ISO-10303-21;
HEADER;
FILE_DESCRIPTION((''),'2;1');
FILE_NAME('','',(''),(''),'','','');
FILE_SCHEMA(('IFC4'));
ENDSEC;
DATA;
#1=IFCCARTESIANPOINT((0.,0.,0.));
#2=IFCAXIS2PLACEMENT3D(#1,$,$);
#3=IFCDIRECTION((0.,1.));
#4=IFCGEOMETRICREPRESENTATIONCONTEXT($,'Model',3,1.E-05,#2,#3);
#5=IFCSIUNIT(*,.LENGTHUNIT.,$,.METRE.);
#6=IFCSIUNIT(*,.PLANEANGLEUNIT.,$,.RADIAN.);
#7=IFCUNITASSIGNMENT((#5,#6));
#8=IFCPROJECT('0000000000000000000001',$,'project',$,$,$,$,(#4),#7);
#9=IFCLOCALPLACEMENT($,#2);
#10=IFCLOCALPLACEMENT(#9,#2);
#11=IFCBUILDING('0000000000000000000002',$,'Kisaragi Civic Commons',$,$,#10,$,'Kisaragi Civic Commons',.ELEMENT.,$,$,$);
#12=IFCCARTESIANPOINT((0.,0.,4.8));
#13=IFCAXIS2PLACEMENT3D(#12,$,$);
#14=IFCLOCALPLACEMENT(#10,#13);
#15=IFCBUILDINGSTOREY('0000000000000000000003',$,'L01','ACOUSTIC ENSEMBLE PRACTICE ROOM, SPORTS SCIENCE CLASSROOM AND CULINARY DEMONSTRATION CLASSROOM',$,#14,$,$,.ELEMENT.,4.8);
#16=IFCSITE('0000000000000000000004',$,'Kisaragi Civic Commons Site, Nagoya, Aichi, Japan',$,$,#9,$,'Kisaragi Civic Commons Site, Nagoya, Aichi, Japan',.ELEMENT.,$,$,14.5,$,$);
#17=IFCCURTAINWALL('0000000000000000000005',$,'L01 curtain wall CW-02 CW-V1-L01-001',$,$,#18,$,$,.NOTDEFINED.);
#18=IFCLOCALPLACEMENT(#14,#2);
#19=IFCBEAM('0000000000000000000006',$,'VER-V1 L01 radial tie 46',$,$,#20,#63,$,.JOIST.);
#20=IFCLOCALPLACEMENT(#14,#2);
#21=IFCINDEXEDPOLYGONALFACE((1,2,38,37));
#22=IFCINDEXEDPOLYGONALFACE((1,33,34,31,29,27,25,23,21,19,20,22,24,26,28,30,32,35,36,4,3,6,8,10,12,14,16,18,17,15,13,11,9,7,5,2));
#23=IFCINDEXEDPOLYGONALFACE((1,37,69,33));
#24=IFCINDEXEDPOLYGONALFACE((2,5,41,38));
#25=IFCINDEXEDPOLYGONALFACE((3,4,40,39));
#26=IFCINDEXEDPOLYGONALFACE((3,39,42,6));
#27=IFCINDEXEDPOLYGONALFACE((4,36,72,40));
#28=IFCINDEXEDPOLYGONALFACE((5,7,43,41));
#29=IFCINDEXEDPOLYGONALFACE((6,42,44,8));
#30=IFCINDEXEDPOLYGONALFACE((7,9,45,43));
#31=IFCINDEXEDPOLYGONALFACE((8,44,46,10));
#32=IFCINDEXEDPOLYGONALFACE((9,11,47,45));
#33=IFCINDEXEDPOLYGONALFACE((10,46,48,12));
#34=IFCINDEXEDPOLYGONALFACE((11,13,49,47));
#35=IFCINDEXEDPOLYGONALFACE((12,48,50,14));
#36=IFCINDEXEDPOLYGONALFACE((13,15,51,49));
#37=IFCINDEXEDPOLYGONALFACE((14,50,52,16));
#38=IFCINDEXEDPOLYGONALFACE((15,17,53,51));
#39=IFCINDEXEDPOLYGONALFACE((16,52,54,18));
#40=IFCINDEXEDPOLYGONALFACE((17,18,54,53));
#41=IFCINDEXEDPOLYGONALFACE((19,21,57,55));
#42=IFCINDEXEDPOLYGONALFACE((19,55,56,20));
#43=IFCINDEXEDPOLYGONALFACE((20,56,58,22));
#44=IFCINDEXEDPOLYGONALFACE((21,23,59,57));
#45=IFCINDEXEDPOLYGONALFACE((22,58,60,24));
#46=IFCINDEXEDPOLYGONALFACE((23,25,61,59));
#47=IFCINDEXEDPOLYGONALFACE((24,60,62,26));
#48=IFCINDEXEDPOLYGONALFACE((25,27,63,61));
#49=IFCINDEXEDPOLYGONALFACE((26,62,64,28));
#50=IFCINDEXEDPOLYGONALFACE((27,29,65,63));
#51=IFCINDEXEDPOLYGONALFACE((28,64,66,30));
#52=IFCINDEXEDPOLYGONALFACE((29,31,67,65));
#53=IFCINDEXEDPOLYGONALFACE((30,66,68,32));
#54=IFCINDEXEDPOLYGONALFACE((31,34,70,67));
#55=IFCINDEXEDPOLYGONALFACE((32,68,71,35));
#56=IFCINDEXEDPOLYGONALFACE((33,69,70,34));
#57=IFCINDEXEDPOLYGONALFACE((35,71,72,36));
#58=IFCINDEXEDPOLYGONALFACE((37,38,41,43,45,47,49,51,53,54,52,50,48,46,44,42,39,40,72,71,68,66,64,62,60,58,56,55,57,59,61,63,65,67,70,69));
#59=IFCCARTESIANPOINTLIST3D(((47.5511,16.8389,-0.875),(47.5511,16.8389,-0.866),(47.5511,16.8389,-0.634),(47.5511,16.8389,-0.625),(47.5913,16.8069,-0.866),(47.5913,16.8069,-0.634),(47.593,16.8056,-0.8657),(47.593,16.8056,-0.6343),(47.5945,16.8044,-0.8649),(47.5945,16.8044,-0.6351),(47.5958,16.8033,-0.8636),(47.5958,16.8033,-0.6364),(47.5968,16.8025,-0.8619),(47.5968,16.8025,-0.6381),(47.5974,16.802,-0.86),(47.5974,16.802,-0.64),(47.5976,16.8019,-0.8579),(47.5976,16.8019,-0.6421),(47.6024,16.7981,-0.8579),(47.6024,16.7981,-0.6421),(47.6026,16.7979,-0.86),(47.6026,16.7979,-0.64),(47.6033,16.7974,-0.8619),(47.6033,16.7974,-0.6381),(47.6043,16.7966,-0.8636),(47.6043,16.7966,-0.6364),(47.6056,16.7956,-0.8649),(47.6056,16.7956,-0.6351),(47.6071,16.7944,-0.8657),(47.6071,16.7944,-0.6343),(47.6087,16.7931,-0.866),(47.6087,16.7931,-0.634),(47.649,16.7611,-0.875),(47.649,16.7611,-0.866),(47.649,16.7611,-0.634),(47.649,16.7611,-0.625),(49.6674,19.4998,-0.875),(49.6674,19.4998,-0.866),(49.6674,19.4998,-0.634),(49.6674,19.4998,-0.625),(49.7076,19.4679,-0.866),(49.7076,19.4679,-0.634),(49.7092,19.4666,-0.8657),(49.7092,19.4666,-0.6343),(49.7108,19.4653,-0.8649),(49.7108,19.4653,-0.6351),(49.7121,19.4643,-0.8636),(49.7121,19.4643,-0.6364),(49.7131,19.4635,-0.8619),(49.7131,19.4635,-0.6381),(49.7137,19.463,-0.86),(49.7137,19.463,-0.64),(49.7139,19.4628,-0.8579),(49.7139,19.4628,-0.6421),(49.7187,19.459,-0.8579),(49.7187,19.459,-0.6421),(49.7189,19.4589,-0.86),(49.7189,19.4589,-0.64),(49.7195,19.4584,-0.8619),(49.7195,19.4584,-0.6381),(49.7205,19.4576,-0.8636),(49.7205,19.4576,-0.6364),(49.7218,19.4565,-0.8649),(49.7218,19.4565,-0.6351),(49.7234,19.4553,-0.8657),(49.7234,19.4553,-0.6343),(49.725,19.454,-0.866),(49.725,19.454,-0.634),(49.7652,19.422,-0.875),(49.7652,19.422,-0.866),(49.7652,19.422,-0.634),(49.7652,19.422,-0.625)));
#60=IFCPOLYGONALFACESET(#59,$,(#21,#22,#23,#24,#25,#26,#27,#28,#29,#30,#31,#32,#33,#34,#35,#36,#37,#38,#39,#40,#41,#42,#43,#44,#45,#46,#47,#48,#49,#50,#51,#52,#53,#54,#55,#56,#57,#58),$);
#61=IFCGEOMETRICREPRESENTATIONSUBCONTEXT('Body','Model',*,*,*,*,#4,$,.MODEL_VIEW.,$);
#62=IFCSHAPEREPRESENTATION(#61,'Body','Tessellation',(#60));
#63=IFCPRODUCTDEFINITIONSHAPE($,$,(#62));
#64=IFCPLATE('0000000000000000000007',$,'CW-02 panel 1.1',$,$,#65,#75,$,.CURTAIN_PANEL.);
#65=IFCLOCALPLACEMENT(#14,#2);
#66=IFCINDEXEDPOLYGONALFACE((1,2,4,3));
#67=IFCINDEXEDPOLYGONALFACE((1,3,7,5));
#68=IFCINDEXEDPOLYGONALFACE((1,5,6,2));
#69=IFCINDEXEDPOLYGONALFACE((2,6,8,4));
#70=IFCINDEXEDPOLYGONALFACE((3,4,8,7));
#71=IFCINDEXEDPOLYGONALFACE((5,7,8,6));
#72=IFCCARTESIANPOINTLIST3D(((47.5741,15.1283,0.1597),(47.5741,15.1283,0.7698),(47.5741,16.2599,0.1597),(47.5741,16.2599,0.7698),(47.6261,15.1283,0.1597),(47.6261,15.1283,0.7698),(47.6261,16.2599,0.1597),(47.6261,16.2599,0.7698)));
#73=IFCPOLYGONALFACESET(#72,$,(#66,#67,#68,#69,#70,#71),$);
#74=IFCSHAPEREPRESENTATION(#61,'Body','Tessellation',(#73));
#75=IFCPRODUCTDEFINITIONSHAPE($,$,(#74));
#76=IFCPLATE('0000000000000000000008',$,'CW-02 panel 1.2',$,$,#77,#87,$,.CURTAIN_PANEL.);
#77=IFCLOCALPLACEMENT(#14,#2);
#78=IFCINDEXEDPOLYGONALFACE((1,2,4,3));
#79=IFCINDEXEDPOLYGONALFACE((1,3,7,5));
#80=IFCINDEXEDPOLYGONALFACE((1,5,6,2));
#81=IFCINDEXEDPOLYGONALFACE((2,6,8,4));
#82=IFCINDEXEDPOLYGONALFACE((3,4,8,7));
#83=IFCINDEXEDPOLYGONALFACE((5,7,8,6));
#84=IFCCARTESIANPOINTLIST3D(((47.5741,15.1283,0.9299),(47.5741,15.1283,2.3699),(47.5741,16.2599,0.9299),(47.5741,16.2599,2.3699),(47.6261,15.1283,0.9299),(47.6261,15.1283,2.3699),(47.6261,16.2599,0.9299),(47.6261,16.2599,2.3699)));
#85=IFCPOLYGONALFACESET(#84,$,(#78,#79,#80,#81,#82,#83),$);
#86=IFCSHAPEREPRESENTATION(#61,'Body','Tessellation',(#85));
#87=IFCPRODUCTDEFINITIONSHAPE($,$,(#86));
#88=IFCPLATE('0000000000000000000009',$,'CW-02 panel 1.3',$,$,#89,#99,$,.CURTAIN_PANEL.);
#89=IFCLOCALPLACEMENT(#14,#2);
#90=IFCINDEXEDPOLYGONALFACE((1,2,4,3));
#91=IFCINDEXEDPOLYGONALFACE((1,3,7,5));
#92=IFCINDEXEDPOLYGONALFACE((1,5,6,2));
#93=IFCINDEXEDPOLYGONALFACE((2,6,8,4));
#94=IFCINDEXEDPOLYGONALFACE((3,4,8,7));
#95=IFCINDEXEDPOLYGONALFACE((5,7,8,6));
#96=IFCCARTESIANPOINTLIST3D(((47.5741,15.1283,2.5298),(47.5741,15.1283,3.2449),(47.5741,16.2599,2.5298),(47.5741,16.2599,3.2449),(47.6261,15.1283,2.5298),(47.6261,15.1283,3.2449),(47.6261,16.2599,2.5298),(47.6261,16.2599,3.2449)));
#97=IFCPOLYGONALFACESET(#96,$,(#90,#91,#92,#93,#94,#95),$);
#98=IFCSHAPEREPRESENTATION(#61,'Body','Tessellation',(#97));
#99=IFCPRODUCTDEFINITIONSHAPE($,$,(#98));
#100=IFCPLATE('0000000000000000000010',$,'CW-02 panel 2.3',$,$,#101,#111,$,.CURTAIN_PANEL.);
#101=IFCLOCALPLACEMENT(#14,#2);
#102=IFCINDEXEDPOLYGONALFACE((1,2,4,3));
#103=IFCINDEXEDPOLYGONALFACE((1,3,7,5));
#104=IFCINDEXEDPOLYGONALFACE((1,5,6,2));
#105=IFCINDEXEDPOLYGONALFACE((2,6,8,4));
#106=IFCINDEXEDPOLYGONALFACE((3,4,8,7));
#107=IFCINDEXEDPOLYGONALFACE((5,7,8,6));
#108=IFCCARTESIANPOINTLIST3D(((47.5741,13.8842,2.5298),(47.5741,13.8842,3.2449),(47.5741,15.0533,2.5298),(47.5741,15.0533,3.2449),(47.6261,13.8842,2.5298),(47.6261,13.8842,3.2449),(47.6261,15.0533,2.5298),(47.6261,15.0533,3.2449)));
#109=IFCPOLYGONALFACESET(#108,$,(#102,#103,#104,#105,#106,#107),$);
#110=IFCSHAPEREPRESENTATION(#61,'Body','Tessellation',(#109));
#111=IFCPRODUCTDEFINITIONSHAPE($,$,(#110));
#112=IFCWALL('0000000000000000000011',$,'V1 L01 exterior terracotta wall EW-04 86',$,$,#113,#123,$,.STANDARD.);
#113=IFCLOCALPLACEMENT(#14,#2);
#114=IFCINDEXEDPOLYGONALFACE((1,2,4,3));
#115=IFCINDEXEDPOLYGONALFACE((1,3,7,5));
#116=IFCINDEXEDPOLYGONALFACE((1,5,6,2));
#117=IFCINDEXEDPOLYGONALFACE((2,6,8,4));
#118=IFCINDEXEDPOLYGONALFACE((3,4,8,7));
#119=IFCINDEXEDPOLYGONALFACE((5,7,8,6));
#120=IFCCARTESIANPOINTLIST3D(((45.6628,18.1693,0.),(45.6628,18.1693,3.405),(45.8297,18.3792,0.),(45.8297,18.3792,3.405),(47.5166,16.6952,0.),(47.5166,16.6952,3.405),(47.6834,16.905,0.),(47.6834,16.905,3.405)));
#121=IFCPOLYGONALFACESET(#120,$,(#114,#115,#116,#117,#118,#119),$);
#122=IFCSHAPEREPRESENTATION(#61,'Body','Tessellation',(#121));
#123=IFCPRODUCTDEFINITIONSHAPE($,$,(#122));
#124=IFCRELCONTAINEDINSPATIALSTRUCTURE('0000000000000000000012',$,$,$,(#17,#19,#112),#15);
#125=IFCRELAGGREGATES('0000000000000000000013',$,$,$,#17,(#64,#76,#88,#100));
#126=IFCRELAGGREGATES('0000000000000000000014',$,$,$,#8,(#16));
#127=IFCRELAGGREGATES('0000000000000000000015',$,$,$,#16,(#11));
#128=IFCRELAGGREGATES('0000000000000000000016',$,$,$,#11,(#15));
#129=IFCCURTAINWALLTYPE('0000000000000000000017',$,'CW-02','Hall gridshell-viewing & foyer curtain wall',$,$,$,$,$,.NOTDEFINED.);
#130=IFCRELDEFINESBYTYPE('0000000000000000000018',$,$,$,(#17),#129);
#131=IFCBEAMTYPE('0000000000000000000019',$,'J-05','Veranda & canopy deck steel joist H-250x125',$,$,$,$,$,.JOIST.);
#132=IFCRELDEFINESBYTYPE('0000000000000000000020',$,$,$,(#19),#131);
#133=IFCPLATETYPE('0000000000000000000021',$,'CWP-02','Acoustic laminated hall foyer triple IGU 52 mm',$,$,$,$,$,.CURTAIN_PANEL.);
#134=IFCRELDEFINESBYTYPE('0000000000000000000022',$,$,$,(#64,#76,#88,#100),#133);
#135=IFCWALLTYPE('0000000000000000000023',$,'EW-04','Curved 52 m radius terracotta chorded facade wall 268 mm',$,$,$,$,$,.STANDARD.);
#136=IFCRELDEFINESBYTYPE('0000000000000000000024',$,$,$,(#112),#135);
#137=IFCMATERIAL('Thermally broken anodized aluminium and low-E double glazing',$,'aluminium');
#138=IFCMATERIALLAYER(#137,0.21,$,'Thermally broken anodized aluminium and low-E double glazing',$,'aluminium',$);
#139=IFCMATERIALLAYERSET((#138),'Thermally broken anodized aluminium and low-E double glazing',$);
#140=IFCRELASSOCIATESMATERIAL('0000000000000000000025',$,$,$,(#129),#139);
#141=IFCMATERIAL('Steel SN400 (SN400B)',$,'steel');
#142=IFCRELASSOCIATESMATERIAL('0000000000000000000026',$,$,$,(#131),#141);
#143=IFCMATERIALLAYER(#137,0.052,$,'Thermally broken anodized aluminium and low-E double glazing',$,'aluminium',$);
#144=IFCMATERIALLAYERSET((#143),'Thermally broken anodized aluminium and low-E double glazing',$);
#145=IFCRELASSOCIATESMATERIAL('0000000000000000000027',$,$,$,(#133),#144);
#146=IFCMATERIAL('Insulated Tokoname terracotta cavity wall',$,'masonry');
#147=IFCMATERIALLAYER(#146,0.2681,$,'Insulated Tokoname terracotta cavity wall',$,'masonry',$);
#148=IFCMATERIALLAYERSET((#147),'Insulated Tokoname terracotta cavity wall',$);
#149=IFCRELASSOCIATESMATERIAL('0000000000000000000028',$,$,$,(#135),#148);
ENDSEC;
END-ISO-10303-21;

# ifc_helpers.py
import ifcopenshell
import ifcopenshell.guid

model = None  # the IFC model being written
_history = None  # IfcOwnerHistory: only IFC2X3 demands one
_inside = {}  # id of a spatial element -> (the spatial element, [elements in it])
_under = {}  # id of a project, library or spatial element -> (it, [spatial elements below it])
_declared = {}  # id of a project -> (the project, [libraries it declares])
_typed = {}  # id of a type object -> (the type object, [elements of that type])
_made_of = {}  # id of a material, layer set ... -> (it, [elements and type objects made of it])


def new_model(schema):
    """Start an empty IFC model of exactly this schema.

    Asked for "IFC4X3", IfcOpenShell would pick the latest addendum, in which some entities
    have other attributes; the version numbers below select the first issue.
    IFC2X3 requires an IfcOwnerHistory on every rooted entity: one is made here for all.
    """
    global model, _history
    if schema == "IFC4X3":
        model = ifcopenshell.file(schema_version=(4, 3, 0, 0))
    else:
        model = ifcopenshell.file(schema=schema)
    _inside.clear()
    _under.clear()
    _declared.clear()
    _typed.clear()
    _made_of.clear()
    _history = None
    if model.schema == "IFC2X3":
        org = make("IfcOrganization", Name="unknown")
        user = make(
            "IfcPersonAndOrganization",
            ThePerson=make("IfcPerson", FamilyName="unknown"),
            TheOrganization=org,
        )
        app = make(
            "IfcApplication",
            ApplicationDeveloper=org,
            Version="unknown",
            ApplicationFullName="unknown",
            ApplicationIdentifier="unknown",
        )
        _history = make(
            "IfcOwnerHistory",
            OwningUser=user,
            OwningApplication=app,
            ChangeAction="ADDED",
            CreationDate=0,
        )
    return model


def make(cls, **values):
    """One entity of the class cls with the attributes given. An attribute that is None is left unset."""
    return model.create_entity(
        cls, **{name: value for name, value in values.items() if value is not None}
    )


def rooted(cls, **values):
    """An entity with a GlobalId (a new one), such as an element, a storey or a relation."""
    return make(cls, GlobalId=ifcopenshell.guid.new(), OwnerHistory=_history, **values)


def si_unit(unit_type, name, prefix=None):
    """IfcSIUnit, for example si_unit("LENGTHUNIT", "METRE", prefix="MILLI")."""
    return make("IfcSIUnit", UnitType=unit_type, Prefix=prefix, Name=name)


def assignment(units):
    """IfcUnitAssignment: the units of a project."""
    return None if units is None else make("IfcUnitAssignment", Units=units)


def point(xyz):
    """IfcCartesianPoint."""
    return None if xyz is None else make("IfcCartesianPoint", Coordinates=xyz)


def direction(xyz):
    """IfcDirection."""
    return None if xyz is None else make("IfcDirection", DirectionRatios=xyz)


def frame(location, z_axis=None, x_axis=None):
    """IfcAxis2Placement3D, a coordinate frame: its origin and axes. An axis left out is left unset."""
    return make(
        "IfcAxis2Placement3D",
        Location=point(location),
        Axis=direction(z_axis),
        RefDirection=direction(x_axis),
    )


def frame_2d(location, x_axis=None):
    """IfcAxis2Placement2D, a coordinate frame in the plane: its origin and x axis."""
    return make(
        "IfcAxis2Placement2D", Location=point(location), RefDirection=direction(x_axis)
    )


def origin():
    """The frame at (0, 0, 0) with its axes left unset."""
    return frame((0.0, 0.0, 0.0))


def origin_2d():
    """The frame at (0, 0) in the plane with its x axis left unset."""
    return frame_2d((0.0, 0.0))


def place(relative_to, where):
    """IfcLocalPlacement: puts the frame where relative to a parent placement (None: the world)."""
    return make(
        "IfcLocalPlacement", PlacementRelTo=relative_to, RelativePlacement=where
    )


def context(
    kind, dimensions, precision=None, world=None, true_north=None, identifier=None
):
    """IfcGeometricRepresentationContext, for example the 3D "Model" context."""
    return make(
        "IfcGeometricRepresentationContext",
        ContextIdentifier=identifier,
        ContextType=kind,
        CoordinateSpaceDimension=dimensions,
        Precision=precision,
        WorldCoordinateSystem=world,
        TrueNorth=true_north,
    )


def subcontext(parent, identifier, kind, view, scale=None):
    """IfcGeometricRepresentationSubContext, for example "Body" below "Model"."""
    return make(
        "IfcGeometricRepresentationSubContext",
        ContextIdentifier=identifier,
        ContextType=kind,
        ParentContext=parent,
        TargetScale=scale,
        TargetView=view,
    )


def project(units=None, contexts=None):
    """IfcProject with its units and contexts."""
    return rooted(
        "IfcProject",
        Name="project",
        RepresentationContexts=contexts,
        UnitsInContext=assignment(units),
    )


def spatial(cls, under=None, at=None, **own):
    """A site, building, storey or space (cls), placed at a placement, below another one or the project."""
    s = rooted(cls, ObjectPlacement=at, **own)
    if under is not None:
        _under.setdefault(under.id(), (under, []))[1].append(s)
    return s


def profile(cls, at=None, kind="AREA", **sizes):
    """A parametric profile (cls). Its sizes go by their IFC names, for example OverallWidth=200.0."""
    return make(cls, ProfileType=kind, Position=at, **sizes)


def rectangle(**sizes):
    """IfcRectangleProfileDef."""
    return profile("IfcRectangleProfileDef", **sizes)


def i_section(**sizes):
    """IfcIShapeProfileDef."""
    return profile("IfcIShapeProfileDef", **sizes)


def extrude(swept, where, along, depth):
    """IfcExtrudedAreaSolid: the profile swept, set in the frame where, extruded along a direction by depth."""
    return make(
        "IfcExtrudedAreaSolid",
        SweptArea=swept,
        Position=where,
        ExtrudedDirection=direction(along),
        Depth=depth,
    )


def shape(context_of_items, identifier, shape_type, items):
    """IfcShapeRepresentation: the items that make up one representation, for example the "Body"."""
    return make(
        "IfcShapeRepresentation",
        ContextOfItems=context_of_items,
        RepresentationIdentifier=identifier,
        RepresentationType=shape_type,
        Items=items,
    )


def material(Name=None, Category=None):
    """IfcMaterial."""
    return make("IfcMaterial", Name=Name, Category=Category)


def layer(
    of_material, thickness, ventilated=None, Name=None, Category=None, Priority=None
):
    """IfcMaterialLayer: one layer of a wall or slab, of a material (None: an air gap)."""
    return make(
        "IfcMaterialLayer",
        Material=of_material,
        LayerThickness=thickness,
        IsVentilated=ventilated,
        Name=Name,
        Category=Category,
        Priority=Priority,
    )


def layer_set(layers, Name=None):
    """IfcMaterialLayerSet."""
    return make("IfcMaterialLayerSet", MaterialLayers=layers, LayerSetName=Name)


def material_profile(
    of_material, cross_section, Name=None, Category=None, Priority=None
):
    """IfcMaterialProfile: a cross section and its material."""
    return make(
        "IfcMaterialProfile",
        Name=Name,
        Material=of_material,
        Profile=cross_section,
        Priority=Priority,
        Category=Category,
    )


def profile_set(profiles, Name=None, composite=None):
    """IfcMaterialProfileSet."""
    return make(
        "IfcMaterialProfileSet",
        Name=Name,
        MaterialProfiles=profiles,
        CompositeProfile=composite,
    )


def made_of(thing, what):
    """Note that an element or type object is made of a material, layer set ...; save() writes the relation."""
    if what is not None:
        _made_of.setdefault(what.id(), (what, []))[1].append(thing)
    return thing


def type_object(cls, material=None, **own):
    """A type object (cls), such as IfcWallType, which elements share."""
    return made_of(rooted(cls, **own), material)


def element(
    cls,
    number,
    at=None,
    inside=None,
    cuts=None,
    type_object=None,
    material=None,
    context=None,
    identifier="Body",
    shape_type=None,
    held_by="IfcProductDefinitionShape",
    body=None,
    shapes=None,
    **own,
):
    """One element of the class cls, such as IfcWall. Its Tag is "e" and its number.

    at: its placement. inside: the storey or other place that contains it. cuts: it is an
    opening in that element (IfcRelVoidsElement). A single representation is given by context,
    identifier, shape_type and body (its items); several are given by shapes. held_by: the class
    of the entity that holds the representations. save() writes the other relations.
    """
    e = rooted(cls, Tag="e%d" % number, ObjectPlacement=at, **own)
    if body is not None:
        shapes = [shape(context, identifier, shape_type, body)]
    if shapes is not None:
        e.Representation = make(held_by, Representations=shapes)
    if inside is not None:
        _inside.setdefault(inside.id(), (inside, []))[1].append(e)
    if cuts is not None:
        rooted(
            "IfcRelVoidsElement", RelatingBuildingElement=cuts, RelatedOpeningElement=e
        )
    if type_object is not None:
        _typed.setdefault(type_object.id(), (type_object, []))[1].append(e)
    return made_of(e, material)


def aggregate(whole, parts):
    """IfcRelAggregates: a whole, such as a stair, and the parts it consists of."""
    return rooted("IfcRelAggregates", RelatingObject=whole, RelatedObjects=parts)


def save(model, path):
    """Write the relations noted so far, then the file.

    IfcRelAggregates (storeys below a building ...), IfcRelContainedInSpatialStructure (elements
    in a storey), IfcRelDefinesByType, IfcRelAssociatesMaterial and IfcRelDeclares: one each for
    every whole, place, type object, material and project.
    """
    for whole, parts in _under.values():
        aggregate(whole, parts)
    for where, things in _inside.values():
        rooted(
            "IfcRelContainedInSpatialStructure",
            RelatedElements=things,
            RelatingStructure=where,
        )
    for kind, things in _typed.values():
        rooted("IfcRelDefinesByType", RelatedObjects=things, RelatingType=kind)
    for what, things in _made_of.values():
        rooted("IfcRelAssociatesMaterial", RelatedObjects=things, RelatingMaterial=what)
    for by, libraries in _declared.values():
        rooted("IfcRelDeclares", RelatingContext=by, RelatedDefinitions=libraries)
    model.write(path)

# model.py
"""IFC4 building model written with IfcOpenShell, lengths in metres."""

from ifc_helpers import new_model, si_unit, direction, frame, frame_2d, origin, origin_2d, place, context, subcontext, project, spatial, rectangle, i_section, extrude, material, layer, layer_set, material_profile, profile_set, type_object, element, aggregate, save


model = new_model("IFC4")

# Units and contexts
model_context = context("Model", 3, precision=1e-05, world=origin(), true_north=direction((0.0, 1.0)))
body_context = subcontext(model_context, "Body", "Model", "MODEL_VIEW")
ifc_project = project(units=[si_unit("LENGTHUNIT", "METRE"), si_unit("PLANEANGLEUNIT", "RADIAN")], contexts=[model_context])

# Site, building, storey
site_placement = place(None, origin())
site = spatial("IfcSite", under=ifc_project, at=site_placement, Name="Kisaragi Civic Commons Site, Nagoya, Aichi, Japan", LongName="Kisaragi Civic Commons Site, Nagoya, Aichi, Japan", CompositionType="ELEMENT", RefElevation=14.5)
building_placement = place(site_placement, origin())
building = spatial("IfcBuilding", under=site, at=building_placement, Name="Kisaragi Civic Commons", LongName="Kisaragi Civic Commons", CompositionType="ELEMENT")
storey_placement = place(building_placement, frame((0.0, 0.0, 4.8)))
storey = spatial("IfcBuildingStorey", under=building, at=storey_placement, Name="L01", Description="ACOUSTIC ENSEMBLE PRACTICE ROOM, SPORTS SCIENCE CLASSROOM AND CULINARY DEMONSTRATION CLASSROOM", CompositionType="ELEMENT", Elevation=4.8)

# Curtain wall
ifc_material_1 = material(Name="Thermally broken anodized aluminium and low-E double glazing", Category="aluminium")
ifc_layer_1 = layer(ifc_material_1, 0.21, Name="Thermally broken anodized aluminium and low-E double glazing", Category="aluminium")
ifc_layer_set_1 = layer_set([ifc_layer_1], Name="Thermally broken anodized aluminium and low-E double glazing")
curtain_wall_type = type_object("IfcCurtainWallType", Name="CW-02", Description="Hall gridshell-viewing & foyer curtain wall", PredefinedType="NOTDEFINED", material=ifc_layer_set_1)
curtain_wall_placement = place(storey_placement, origin())
curtain_wall = element("IfcCurtainWall", 1, at=curtain_wall_placement, inside=storey, type_object=curtain_wall_type, Name="L01 curtain wall CW-02 CW-V1-L01-001", PredefinedType="NOTDEFINED")

# Beam
ifc_material_2 = material(Name="Steel SN400 (SN400B)", Category="steel")
ifc_material_profile_1 = material_profile(ifc_material_2, i_section(OverallWidth=0.125, OverallDepth=0.25, WebThickness=0.0061, FlangeThickness=0.009, FilletRadius=0.0081, at=origin_2d()), Name="H-250x125x6x9", Category="steel")
ifc_profile_set_1 = profile_set([ifc_material_profile_1], Name="Steel SN400 (SN400B)")
beam_type_1 = type_object("IfcBeamType", Name="J-05", Description="Veranda & canopy deck steel joist H-250x125", PredefinedType="JOIST", material=ifc_profile_set_1)
beam_1_placement = place(storey_placement, frame((49.7163, 19.4609, -0.75), z_axis=(-0.622451, -0.782659, 0.0), x_axis=(0.782659, -0.622451, 0.0)))
element("IfcBeam", 2, at=beam_1_placement, inside=storey, type_object=beam_type_1, Name="VER-V1 L01 radial tie 46", PredefinedType="JOIST", context=body_context, shape_type="SweptSolid", body=[
    extrude(i_section(OverallWidth=0.125, OverallDepth=0.25, WebThickness=0.0061, FlangeThickness=0.009, FilletRadius=0.0081, at=origin_2d()), origin(), (0.0, 0.0, 1.0), 3.3999),
])

# Plates
ifc_layer_2 = layer(ifc_material_1, 0.052, Name="Thermally broken anodized aluminium and low-E double glazing", Category="aluminium")
ifc_layer_set_2 = layer_set([ifc_layer_2], Name="Thermally broken anodized aluminium and low-E double glazing")
plate_type = type_object("IfcPlateType", Name="CWP-02", Description="Acoustic laminated hall foyer triple IGU 52 mm", PredefinedType="CURTAIN_PANEL", material=ifc_layer_set_2)
plate_1_placement = place(storey_placement, frame((47.6001, 15.6941, 0.1597), z_axis=(0.0, 0.0, 1.0), x_axis=(0.0, -1.0, 0.0)))
plate_1 = element("IfcPlate", 3, at=plate_1_placement, type_object=plate_type, Name="CW-02 panel 1.1", PredefinedType="CURTAIN_PANEL", context=body_context, shape_type="SweptSolid", body=[
    extrude(rectangle(XDim=1.1316, YDim=0.052, at=origin_2d()), origin(), (0.0, 0.0, 1.0), 0.6101),
])
plate_2_placement = place(storey_placement, frame((47.6001, 15.6941, 0.9299), z_axis=(0.0, 0.0, 1.0), x_axis=(0.0, -1.0, 0.0)))
plate_2 = element("IfcPlate", 4, at=plate_2_placement, type_object=plate_type, Name="CW-02 panel 1.2", PredefinedType="CURTAIN_PANEL", context=body_context, shape_type="SweptSolid", body=[
    extrude(rectangle(XDim=1.1316, YDim=0.052, at=origin_2d()), origin(), (0.0, 0.0, 1.0), 1.4399),
])
plate_3_placement = place(storey_placement, frame((47.6001, 15.6941, 2.5298), z_axis=(0.0, 0.0, 1.0), x_axis=(0.0, -1.0, 0.0)))
plate_3 = element("IfcPlate", 5, at=plate_3_placement, type_object=plate_type, Name="CW-02 panel 1.3", PredefinedType="CURTAIN_PANEL", context=body_context, shape_type="SweptSolid", body=[
    extrude(rectangle(XDim=1.1316, YDim=0.052, at=origin_2d()), origin(), (0.0, 0.0, 1.0), 0.7151),
])
plate_4_placement = place(storey_placement, frame((47.6001, 14.4688, 2.5298), z_axis=(0.0, 0.0, 1.0), x_axis=(0.0, -1.0, 0.0)))
plate_4 = element("IfcPlate", 6, at=plate_4_placement, type_object=plate_type, Name="CW-02 panel 2.3", PredefinedType="CURTAIN_PANEL", context=body_context, shape_type="SweptSolid", body=[
    extrude(rectangle(XDim=1.1692, YDim=0.052, at=origin_2d()), origin(), (0.0, 0.0, 1.0), 0.7151),
])
aggregate(curtain_wall, [plate_1, plate_2, plate_3, plate_4])

# Wall
ifc_material_3 = material(Name="Insulated Tokoname terracotta cavity wall", Category="masonry")
ifc_layer_3 = layer(ifc_material_3, 0.2681, Name="Insulated Tokoname terracotta cavity wall", Category="masonry")
ifc_layer_set_3 = layer_set([ifc_layer_3], Name="Insulated Tokoname terracotta cavity wall")
wall_type = type_object("IfcWallType", Name="EW-04", Description="Curved 52 m radius terracotta chorded facade wall 268 mm", PredefinedType="STANDARD", material=ifc_layer_set_3)
wall_placement = place(storey_placement, frame((45.7463, 18.2742, 0.0), z_axis=(0.0, 0.0, 1.0), x_axis=(0.782696, -0.622404, 0.0)))
element("IfcWall", 7, at=wall_placement, inside=storey, type_object=wall_type, Name="V1 L01 exterior terracotta wall EW-04 86", PredefinedType="STANDARD", context=body_context, shape_type="SweptSolid", body=[
    extrude(rectangle(XDim=2.3684, YDim=0.2681, at=frame_2d((1.1841, 0.0))), origin(), (0.0, 0.0, 1.0), 3.405),
])

save(model, "model.ifc")
